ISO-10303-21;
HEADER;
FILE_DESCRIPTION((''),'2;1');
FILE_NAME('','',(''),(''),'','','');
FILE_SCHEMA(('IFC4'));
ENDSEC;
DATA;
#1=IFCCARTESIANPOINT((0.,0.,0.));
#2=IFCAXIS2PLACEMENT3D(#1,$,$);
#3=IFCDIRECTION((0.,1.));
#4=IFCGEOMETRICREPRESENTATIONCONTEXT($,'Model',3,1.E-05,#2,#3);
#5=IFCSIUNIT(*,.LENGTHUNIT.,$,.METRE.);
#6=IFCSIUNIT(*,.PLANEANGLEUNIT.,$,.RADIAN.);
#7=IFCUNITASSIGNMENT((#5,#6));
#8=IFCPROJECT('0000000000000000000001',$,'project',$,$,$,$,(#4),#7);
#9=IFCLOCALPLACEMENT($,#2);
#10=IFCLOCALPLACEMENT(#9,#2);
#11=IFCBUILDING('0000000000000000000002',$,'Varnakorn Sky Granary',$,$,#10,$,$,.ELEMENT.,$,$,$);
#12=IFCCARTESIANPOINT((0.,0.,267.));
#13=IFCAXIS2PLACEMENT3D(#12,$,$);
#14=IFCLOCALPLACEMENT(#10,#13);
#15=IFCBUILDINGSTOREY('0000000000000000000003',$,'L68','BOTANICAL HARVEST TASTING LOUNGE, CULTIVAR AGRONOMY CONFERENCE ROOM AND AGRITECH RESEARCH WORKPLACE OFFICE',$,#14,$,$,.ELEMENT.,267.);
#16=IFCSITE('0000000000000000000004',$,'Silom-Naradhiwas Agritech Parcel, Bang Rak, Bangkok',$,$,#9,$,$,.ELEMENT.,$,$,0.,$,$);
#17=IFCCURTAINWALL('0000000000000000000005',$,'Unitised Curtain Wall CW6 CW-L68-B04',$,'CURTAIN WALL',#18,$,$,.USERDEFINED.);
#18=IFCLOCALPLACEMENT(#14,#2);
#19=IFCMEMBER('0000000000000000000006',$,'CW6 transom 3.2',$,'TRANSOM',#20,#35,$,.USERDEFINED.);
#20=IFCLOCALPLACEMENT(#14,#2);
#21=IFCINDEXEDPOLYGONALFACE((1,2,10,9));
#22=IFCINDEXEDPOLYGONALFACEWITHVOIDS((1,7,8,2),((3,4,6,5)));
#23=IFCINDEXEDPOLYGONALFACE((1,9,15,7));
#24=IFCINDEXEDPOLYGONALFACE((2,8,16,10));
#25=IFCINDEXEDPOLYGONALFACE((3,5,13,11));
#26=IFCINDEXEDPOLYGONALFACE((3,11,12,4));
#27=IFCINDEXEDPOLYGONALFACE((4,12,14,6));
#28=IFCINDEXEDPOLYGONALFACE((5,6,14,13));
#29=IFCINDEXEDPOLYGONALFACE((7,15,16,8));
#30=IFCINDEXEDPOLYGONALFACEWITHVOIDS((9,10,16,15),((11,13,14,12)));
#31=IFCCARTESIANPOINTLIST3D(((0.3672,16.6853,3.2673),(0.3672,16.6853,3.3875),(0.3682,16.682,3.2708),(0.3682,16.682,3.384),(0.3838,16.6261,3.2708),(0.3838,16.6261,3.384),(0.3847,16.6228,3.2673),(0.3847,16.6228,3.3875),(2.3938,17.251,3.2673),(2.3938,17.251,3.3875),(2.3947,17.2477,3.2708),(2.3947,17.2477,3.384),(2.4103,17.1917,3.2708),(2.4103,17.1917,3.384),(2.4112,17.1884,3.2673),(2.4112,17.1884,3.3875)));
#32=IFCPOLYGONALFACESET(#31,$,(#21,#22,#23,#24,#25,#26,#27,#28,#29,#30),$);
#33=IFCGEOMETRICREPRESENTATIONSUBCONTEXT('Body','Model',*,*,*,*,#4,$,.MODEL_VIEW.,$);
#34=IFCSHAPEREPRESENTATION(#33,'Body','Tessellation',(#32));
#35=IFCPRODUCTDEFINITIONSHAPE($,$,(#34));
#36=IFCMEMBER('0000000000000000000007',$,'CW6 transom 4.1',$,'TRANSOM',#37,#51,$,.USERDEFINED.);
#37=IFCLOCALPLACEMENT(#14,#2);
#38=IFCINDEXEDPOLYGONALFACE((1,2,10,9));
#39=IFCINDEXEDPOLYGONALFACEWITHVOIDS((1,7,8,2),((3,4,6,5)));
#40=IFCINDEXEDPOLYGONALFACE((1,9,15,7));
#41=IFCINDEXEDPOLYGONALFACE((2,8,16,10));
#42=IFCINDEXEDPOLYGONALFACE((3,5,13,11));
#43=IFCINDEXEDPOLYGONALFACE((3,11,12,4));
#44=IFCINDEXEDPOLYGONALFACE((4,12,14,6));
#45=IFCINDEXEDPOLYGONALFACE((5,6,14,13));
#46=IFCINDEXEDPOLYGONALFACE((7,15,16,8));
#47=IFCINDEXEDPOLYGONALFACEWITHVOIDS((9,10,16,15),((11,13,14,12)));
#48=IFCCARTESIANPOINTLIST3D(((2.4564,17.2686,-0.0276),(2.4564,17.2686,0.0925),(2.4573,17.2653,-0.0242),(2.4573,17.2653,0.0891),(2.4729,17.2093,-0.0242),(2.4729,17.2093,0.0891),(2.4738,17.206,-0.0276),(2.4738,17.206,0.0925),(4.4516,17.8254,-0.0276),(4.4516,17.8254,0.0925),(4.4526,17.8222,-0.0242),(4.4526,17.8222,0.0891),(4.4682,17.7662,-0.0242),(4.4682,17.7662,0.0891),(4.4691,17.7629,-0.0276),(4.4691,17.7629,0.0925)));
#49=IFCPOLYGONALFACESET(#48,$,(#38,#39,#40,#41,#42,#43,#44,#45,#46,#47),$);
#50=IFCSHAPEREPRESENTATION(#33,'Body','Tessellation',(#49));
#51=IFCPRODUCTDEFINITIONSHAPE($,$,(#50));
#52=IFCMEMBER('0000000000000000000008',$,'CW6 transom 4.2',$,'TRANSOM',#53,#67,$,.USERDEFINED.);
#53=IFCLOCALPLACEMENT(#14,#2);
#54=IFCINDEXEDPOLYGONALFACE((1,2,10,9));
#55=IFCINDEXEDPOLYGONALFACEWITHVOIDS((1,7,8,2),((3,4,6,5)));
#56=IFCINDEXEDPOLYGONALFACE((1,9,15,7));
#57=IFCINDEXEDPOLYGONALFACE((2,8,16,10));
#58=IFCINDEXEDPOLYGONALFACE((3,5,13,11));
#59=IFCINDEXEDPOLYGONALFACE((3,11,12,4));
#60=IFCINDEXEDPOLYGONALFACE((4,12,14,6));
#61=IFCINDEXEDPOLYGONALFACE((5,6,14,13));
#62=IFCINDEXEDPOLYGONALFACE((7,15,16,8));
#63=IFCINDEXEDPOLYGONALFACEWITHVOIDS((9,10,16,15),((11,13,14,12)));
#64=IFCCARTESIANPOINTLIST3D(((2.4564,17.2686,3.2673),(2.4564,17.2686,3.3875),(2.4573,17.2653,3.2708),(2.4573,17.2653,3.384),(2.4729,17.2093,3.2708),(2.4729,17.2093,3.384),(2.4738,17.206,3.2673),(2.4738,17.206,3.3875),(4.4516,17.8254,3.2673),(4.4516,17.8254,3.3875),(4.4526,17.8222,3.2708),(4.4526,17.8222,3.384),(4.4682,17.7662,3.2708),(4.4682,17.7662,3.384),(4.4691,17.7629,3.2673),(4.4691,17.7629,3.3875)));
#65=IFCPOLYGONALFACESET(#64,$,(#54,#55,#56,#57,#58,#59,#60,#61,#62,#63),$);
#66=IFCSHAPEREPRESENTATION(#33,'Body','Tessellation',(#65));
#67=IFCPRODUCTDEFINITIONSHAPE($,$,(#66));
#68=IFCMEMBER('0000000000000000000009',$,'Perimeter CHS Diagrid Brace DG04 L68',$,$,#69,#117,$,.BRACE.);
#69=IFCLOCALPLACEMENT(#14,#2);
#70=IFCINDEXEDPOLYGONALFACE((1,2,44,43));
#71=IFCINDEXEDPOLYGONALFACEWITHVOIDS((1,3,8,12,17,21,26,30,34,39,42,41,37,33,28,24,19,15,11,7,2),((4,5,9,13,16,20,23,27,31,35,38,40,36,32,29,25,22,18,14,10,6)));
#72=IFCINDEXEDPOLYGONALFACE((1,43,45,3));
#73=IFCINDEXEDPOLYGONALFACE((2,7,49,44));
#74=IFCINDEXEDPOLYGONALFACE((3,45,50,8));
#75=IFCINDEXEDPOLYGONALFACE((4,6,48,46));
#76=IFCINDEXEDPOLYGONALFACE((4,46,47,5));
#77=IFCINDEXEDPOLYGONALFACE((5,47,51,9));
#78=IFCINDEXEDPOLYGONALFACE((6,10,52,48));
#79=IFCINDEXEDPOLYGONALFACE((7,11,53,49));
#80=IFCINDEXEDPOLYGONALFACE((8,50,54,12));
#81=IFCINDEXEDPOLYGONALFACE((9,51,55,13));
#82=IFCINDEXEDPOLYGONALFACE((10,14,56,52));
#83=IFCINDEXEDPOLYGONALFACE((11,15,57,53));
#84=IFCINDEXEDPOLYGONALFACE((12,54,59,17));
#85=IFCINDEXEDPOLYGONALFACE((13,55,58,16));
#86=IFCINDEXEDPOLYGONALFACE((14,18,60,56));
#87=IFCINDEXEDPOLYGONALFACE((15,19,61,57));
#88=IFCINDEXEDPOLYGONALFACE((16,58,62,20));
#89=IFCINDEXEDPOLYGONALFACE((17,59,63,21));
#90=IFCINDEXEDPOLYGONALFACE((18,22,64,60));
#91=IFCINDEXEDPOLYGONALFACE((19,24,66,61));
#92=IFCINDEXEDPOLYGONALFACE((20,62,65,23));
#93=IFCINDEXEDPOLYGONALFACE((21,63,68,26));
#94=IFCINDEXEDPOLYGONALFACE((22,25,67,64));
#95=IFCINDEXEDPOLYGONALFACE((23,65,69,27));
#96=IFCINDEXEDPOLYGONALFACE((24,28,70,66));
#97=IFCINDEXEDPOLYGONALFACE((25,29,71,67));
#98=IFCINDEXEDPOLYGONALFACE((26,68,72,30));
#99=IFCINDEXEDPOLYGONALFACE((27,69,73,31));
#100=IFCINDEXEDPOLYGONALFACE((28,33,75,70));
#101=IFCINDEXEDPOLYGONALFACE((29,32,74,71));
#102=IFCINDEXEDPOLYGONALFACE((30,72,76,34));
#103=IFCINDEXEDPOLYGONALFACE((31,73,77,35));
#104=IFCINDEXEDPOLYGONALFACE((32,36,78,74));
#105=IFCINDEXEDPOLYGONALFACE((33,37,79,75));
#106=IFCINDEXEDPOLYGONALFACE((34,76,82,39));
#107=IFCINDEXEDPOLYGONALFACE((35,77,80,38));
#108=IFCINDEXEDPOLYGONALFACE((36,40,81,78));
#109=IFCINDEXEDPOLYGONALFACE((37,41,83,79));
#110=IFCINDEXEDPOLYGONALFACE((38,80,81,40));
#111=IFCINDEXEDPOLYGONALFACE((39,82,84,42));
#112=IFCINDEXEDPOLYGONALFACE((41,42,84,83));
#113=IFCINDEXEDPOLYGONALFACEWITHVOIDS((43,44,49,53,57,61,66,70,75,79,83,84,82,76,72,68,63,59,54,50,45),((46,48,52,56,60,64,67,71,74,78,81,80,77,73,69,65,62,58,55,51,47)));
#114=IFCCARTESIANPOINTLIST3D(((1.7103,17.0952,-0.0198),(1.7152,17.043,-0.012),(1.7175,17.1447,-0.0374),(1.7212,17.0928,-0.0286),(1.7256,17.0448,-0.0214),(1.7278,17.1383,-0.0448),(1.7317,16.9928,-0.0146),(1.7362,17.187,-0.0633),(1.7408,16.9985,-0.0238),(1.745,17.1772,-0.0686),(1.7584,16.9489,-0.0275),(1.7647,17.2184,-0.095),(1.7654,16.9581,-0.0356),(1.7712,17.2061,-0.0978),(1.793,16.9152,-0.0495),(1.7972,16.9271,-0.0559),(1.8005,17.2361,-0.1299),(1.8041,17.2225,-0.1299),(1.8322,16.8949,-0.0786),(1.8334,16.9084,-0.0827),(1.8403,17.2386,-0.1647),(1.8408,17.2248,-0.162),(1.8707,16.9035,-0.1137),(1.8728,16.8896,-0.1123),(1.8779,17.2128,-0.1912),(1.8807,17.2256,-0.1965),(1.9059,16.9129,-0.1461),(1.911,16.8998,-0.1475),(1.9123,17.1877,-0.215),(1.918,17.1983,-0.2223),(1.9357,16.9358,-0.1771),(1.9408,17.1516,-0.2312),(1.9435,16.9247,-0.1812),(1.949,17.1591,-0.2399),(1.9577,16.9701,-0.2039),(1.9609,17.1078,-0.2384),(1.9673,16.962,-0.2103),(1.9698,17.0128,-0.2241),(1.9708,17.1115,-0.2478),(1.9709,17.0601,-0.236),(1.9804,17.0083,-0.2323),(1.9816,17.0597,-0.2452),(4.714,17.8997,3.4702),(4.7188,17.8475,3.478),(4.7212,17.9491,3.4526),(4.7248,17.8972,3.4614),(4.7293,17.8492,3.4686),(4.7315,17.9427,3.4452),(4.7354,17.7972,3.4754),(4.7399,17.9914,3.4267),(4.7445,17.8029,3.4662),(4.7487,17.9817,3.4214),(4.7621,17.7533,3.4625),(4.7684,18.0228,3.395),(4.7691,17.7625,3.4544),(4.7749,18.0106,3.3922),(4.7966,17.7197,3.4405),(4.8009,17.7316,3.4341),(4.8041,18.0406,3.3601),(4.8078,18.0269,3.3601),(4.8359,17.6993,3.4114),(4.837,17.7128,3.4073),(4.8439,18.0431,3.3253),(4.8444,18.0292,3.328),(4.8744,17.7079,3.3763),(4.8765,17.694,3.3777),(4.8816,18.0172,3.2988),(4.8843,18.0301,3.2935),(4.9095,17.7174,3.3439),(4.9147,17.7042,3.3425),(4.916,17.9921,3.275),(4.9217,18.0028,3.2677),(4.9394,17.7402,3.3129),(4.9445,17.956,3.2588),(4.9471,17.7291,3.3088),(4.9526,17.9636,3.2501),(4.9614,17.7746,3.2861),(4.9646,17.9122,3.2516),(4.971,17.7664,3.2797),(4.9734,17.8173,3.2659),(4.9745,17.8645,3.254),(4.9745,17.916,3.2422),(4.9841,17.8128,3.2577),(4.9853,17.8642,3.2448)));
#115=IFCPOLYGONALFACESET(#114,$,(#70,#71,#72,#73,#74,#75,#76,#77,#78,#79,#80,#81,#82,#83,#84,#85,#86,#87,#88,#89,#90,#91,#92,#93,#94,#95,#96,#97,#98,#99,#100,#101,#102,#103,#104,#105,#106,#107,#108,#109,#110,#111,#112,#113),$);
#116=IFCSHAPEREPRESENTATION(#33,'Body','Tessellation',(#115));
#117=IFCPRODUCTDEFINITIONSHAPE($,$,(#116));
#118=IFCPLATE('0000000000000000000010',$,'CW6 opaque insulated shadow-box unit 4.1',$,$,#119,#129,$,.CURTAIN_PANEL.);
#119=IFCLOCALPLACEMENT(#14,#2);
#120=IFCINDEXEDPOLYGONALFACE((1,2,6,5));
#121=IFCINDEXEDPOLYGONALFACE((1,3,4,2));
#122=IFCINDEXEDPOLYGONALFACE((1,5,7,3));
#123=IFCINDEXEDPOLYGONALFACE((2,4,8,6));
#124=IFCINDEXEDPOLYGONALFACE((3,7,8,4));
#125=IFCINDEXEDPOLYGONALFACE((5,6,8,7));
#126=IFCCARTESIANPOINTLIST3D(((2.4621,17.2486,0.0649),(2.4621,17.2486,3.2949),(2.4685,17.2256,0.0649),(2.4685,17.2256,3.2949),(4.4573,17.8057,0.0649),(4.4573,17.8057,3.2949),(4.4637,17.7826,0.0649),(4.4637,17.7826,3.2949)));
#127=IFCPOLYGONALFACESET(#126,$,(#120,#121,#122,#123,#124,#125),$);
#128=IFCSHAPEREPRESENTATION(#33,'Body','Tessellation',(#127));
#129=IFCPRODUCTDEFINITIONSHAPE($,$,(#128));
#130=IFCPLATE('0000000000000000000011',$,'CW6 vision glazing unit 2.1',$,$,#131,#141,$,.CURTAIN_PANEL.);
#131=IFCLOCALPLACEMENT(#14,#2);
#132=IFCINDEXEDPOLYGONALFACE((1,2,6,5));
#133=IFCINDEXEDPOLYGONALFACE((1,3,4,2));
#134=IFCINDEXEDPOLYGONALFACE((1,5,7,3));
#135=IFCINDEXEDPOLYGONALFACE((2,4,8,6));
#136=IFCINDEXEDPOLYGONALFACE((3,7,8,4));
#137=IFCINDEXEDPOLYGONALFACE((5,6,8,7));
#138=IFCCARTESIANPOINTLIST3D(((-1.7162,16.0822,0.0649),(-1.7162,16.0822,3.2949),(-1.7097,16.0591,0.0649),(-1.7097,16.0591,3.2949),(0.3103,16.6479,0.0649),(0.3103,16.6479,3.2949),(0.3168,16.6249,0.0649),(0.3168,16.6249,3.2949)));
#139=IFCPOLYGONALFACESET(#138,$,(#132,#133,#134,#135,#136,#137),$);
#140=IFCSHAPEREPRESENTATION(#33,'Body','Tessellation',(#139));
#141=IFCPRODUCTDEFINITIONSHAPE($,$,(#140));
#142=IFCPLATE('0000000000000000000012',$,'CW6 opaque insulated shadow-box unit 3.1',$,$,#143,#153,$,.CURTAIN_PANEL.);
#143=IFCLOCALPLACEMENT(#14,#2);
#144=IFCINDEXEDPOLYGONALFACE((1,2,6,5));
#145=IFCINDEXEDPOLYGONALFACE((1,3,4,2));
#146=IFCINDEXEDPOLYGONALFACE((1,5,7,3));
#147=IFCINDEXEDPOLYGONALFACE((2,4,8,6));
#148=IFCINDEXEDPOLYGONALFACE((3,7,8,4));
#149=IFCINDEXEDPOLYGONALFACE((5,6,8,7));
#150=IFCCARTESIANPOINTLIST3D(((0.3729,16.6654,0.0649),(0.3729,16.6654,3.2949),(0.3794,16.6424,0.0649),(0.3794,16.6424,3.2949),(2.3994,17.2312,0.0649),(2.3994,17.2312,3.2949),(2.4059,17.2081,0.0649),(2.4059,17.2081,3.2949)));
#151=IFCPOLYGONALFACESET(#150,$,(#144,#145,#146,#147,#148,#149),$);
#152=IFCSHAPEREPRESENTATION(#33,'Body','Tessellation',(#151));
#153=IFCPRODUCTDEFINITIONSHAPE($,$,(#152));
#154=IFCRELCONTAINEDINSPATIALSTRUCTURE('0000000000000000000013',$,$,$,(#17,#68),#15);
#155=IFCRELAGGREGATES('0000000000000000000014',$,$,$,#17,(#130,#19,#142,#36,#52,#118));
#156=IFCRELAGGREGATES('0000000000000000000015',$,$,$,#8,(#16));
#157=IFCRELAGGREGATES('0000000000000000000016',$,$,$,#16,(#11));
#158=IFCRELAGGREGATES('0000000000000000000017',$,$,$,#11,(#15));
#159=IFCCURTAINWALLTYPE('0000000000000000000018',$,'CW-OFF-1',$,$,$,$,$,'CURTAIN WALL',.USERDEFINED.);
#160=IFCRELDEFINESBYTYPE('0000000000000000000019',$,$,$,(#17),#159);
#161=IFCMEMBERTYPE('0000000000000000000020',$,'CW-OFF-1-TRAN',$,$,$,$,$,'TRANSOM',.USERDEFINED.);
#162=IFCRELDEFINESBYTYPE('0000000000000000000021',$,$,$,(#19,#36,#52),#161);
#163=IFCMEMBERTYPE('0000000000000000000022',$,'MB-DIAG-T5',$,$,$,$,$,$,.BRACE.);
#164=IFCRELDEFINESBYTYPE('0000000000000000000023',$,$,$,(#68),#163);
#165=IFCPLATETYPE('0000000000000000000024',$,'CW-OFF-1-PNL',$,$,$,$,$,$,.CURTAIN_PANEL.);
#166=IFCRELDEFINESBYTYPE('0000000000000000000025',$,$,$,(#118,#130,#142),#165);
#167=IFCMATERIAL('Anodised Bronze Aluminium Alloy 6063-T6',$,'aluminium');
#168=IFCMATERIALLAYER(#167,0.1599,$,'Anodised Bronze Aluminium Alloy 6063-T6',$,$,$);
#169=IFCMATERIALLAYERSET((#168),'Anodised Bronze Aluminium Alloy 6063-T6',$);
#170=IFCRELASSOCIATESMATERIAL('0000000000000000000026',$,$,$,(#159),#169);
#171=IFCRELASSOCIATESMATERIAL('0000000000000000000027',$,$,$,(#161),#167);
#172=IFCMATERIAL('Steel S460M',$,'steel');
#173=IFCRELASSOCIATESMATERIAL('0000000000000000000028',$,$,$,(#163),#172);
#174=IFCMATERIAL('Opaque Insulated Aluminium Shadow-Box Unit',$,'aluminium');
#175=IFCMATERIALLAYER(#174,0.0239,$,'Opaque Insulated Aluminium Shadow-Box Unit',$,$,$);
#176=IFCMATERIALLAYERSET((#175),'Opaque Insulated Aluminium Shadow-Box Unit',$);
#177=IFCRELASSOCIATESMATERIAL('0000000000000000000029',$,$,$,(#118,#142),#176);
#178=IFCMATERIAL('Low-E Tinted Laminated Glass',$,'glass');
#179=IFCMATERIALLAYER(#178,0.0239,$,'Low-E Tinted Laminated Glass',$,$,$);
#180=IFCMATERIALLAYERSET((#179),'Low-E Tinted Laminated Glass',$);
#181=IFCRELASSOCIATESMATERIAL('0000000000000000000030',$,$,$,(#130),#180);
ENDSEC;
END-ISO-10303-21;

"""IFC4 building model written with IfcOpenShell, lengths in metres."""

from ifc_helpers import new_model, si_unit, direction, frame, origin, origin_2d, place, context, subcontext, project, spatial, rectangle, hollow_rectangle, hollow_circle, extrude, source, transform, mapped, material, layer, layer_set, material_profile, profile_set, type_object, type_shapes, element, aggregate, save


model = new_model("IFC4")

# Units and contexts
model_context = context("Model", 3, precision=1e-05, world=origin(), true_north=direction((0.0, 1.0)))
body_context = subcontext(model_context, "Body", "Model", "MODEL_VIEW")
ifc_project = project(units=[si_unit("LENGTHUNIT", "METRE"), si_unit("PLANEANGLEUNIT", "RADIAN")], contexts=[model_context])

# Site, building, storey
site_placement = place(None, origin())
site = spatial("IfcSite", under=ifc_project, at=site_placement, Name="Silom-Naradhiwas Agritech Parcel, Bang Rak, Bangkok", CompositionType="ELEMENT", RefElevation=0.0)
building_placement = place(site_placement, origin())
building = spatial("IfcBuilding", under=site, at=building_placement, Name="Varnakorn Sky Granary", CompositionType="ELEMENT")
storey_placement = place(building_placement, frame((0.0, 0.0, 267.0)))
storey = spatial("IfcBuildingStorey", under=building, at=storey_placement, Name="L68", Description="BOTANICAL HARVEST TASTING LOUNGE, CULTIVAR AGRONOMY CONFERENCE ROOM AND AGRITECH RESEARCH WORKPLACE OFFICE", CompositionType="ELEMENT", Elevation=267.0)

# Curtain wall, members
ifc_material_1 = material(Name="Anodised Bronze Aluminium Alloy 6063-T6", Category="aluminium")
ifc_layer_1 = layer(ifc_material_1, 0.1599, Name="Anodised Bronze Aluminium Alloy 6063-T6")
ifc_layer_set_1 = layer_set([ifc_layer_1], Name="Anodised Bronze Aluminium Alloy 6063-T6")
curtain_wall_type = type_object("IfcCurtainWallType", Name="CW-OFF-1", ElementType="CURTAIN WALL", PredefinedType="USERDEFINED", material=ifc_layer_set_1)
curtain_wall_placement = place(storey_placement, origin())
curtain_wall = element("IfcCurtainWall", 1, at=curtain_wall_placement, inside=storey, type_object=curtain_wall_type, Name="Unitised Curtain Wall CW6 CW-L68-B04", ObjectType="CURTAIN WALL", PredefinedType="USERDEFINED")
ifc_material_profile_1 = material_profile(ifc_material_1, hollow_rectangle(XDim=0.0649, YDim=0.1201, WallThickness=0.0034, at=origin_2d()), Name="ALU TRAN 65x120")
ifc_profile_set_1 = profile_set([ifc_material_profile_1], Name="Anodised Bronze Aluminium Alloy 6063-T6")
member_type_1 = type_object("IfcMemberType", Name="CW-OFF-1-TRAN", ElementType="TRANSOM", PredefinedType="USERDEFINED", material=ifc_profile_set_1)
member_1_placement = place(storey_placement, frame((0.376, 16.6541, 3.3274), z_axis=(0.963183, 0.268847, 0.0), x_axis=(-0.268847, 0.963183, 0.0)))
member_1 = element("IfcMember", 2, at=member_1_placement, type_object=member_type_1, Name="CW6 transom 3.2", ObjectType="TRANSOM", PredefinedType="USERDEFINED", context=body_context, shape_type="SweptSolid", body=[
    extrude(hollow_rectangle(XDim=0.0649, YDim=0.1201, WallThickness=0.0034, at=origin_2d()), origin(), (0.0, 0.0, 1.0), 2.104),
])
member_2_placement = place(storey_placement, frame((2.4651, 17.2373, 0.0325), z_axis=(0.963191, 0.268817, 0.0), x_axis=(-0.268817, 0.963191, 0.0)))
member_2 = element("IfcMember", 3, at=member_2_placement, type_object=member_type_1, Name="CW6 transom 4.1", ObjectType="TRANSOM", PredefinedType="USERDEFINED", context=body_context, shape_type="SweptSolid", body=[
    extrude(hollow_rectangle(XDim=0.0649, YDim=0.1201, WallThickness=0.0034, at=origin_2d()), origin(), (0.0, 0.0, 1.0), 2.0715),
])
member_3_placement = place(storey_placement, frame((2.4651, 17.2373, 3.3274), z_axis=(0.963191, 0.268817, 0.0), x_axis=(-0.268817, 0.963191, 0.0)))
member_3 = element("IfcMember", 4, at=member_3_placement, type_object=member_type_1, Name="CW6 transom 4.2", ObjectType="TRANSOM", PredefinedType="USERDEFINED", context=body_context, shape_type="SweptSolid", body=[
    extrude(hollow_rectangle(XDim=0.0649, YDim=0.1201, WallThickness=0.0034, at=origin_2d()), origin(), (0.0, 0.0, 1.0), 2.0715),
])

# Member
ifc_material_2 = material(Name="Steel S460M", Category="steel")
ifc_material_profile_2 = material_profile(ifc_material_2, hollow_circle(Radius=0.1777, WallThickness=0.0142, at=origin_2d()), Name="CHS 355.6x14")
ifc_profile_set_2 = profile_set([ifc_material_profile_2], Name="Steel S460M")
member_type_2 = type_object("IfcMemberType", Name="MB-DIAG-T5", PredefinedType="BRACE", material=ifc_profile_set_2)
member_4_placement = place(storey_placement, frame((1.8464, 17.0645, -0.1299), z_axis=(0.64259, 0.172099, 0.746633), x_axis=(-0.258703, 0.965957, 0.0)))
element("IfcMember", 5, at=member_4_placement, inside=storey, type_object=member_type_2, Name="Perimeter CHS Diagrid Brace DG04 L68", PredefinedType="BRACE", context=body_context, shape_type="SweptSolid", body=[
    extrude(hollow_circle(Radius=0.1777, WallThickness=0.0142, at=origin_2d()), origin(), (0.0, 0.0, 1.0), 4.6743),
])

# Plates
ifc_material_3 = material(Name="Opaque Insulated Aluminium Shadow-Box Unit", Category="aluminium")
ifc_layer_2 = layer(ifc_material_3, 0.0239, Name="Opaque Insulated Aluminium Shadow-Box Unit")
ifc_layer_set_2 = layer_set([ifc_layer_2], Name="Opaque Insulated Aluminium Shadow-Box Unit")
plate_type = type_object("IfcPlateType", Name="CW-OFF-1-PNL", PredefinedType="CURTAIN_PANEL")
shared_shape_1 = source(origin(), body_context, "Body", "SweptSolid", [
    extrude(rectangle(XDim=2.0715, YDim=0.0239, at=origin_2d()), origin(), (0.0, 0.0, 1.0), 3.23),
])
plate_1_placement = place(storey_placement, frame((3.4629, 17.5156, 0.0649), z_axis=(0.0, 0.0, 1.0), x_axis=(0.963171, 0.26889, 0.0)))
plate_1 = element("IfcPlate", 6, at=plate_1_placement, type_object=plate_type, material=ifc_layer_set_2, Name="CW6 opaque insulated shadow-box unit 4.1", PredefinedType="CURTAIN_PANEL", context=body_context, shape_type="MappedRepresentation", body=[
    mapped(shared_shape_1, transform((0.0, 0.0, 0.0), x_axis=(1.0, 0.0, 0.0), y_axis=(0.0, 1.0, 0.0), z_axis=(0.0, 0.0, 1.0), scale=1.0)),
])
ifc_material_4 = material(Name="Low-E Tinted Laminated Glass", Category="glass")
ifc_layer_3 = layer(ifc_material_4, 0.0239, Name="Low-E Tinted Laminated Glass")
ifc_layer_set_3 = layer_set([ifc_layer_3], Name="Low-E Tinted Laminated Glass")
shared_shape_2 = source(origin(), body_context, "Body", "SweptSolid", [
    extrude(rectangle(XDim=2.104, YDim=0.0239, at=origin_2d()), origin(), (0.0, 0.0, 1.0), 3.23),
])
type_shapes(plate_type, [shared_shape_1, shared_shape_2])
plate_2_placement = place(storey_placement, frame((-0.6997, 16.3535, 0.0649), z_axis=(0.0, 0.0, 1.0), x_axis=(0.963171, 0.26889, 0.0)))
plate_2 = element("IfcPlate", 7, at=plate_2_placement, type_object=plate_type, material=ifc_layer_set_3, Name="CW6 vision glazing unit 2.1", PredefinedType="CURTAIN_PANEL", context=body_context, shape_type="MappedRepresentation", body=[
    mapped(shared_shape_2, transform((0.0, 0.0, 0.0), x_axis=(1.0, 0.0, 0.0), y_axis=(0.0, 1.0, 0.0), z_axis=(0.0, 0.0, 1.0), scale=1.0)),
])
plate_3_placement = place(storey_placement, frame((1.3894, 16.9368, 0.0649), z_axis=(0.0, 0.0, 1.0), x_axis=(0.963171, 0.26889, 0.0)))
plate_3 = element("IfcPlate", 8, at=plate_3_placement, type_object=plate_type, material=ifc_layer_set_2, Name="CW6 opaque insulated shadow-box unit 3.1", PredefinedType="CURTAIN_PANEL", context=body_context, shape_type="MappedRepresentation", body=[
    mapped(shared_shape_2, transform((0.0, 0.0, 0.0), x_axis=(1.0, 0.0, 0.0), y_axis=(0.0, 1.0, 0.0), z_axis=(0.0, 0.0, 1.0), scale=1.0)),
])
aggregate(curtain_wall, [plate_2, member_1, plate_3, member_2, member_3, plate_1])

save(model, "model.ifc")
